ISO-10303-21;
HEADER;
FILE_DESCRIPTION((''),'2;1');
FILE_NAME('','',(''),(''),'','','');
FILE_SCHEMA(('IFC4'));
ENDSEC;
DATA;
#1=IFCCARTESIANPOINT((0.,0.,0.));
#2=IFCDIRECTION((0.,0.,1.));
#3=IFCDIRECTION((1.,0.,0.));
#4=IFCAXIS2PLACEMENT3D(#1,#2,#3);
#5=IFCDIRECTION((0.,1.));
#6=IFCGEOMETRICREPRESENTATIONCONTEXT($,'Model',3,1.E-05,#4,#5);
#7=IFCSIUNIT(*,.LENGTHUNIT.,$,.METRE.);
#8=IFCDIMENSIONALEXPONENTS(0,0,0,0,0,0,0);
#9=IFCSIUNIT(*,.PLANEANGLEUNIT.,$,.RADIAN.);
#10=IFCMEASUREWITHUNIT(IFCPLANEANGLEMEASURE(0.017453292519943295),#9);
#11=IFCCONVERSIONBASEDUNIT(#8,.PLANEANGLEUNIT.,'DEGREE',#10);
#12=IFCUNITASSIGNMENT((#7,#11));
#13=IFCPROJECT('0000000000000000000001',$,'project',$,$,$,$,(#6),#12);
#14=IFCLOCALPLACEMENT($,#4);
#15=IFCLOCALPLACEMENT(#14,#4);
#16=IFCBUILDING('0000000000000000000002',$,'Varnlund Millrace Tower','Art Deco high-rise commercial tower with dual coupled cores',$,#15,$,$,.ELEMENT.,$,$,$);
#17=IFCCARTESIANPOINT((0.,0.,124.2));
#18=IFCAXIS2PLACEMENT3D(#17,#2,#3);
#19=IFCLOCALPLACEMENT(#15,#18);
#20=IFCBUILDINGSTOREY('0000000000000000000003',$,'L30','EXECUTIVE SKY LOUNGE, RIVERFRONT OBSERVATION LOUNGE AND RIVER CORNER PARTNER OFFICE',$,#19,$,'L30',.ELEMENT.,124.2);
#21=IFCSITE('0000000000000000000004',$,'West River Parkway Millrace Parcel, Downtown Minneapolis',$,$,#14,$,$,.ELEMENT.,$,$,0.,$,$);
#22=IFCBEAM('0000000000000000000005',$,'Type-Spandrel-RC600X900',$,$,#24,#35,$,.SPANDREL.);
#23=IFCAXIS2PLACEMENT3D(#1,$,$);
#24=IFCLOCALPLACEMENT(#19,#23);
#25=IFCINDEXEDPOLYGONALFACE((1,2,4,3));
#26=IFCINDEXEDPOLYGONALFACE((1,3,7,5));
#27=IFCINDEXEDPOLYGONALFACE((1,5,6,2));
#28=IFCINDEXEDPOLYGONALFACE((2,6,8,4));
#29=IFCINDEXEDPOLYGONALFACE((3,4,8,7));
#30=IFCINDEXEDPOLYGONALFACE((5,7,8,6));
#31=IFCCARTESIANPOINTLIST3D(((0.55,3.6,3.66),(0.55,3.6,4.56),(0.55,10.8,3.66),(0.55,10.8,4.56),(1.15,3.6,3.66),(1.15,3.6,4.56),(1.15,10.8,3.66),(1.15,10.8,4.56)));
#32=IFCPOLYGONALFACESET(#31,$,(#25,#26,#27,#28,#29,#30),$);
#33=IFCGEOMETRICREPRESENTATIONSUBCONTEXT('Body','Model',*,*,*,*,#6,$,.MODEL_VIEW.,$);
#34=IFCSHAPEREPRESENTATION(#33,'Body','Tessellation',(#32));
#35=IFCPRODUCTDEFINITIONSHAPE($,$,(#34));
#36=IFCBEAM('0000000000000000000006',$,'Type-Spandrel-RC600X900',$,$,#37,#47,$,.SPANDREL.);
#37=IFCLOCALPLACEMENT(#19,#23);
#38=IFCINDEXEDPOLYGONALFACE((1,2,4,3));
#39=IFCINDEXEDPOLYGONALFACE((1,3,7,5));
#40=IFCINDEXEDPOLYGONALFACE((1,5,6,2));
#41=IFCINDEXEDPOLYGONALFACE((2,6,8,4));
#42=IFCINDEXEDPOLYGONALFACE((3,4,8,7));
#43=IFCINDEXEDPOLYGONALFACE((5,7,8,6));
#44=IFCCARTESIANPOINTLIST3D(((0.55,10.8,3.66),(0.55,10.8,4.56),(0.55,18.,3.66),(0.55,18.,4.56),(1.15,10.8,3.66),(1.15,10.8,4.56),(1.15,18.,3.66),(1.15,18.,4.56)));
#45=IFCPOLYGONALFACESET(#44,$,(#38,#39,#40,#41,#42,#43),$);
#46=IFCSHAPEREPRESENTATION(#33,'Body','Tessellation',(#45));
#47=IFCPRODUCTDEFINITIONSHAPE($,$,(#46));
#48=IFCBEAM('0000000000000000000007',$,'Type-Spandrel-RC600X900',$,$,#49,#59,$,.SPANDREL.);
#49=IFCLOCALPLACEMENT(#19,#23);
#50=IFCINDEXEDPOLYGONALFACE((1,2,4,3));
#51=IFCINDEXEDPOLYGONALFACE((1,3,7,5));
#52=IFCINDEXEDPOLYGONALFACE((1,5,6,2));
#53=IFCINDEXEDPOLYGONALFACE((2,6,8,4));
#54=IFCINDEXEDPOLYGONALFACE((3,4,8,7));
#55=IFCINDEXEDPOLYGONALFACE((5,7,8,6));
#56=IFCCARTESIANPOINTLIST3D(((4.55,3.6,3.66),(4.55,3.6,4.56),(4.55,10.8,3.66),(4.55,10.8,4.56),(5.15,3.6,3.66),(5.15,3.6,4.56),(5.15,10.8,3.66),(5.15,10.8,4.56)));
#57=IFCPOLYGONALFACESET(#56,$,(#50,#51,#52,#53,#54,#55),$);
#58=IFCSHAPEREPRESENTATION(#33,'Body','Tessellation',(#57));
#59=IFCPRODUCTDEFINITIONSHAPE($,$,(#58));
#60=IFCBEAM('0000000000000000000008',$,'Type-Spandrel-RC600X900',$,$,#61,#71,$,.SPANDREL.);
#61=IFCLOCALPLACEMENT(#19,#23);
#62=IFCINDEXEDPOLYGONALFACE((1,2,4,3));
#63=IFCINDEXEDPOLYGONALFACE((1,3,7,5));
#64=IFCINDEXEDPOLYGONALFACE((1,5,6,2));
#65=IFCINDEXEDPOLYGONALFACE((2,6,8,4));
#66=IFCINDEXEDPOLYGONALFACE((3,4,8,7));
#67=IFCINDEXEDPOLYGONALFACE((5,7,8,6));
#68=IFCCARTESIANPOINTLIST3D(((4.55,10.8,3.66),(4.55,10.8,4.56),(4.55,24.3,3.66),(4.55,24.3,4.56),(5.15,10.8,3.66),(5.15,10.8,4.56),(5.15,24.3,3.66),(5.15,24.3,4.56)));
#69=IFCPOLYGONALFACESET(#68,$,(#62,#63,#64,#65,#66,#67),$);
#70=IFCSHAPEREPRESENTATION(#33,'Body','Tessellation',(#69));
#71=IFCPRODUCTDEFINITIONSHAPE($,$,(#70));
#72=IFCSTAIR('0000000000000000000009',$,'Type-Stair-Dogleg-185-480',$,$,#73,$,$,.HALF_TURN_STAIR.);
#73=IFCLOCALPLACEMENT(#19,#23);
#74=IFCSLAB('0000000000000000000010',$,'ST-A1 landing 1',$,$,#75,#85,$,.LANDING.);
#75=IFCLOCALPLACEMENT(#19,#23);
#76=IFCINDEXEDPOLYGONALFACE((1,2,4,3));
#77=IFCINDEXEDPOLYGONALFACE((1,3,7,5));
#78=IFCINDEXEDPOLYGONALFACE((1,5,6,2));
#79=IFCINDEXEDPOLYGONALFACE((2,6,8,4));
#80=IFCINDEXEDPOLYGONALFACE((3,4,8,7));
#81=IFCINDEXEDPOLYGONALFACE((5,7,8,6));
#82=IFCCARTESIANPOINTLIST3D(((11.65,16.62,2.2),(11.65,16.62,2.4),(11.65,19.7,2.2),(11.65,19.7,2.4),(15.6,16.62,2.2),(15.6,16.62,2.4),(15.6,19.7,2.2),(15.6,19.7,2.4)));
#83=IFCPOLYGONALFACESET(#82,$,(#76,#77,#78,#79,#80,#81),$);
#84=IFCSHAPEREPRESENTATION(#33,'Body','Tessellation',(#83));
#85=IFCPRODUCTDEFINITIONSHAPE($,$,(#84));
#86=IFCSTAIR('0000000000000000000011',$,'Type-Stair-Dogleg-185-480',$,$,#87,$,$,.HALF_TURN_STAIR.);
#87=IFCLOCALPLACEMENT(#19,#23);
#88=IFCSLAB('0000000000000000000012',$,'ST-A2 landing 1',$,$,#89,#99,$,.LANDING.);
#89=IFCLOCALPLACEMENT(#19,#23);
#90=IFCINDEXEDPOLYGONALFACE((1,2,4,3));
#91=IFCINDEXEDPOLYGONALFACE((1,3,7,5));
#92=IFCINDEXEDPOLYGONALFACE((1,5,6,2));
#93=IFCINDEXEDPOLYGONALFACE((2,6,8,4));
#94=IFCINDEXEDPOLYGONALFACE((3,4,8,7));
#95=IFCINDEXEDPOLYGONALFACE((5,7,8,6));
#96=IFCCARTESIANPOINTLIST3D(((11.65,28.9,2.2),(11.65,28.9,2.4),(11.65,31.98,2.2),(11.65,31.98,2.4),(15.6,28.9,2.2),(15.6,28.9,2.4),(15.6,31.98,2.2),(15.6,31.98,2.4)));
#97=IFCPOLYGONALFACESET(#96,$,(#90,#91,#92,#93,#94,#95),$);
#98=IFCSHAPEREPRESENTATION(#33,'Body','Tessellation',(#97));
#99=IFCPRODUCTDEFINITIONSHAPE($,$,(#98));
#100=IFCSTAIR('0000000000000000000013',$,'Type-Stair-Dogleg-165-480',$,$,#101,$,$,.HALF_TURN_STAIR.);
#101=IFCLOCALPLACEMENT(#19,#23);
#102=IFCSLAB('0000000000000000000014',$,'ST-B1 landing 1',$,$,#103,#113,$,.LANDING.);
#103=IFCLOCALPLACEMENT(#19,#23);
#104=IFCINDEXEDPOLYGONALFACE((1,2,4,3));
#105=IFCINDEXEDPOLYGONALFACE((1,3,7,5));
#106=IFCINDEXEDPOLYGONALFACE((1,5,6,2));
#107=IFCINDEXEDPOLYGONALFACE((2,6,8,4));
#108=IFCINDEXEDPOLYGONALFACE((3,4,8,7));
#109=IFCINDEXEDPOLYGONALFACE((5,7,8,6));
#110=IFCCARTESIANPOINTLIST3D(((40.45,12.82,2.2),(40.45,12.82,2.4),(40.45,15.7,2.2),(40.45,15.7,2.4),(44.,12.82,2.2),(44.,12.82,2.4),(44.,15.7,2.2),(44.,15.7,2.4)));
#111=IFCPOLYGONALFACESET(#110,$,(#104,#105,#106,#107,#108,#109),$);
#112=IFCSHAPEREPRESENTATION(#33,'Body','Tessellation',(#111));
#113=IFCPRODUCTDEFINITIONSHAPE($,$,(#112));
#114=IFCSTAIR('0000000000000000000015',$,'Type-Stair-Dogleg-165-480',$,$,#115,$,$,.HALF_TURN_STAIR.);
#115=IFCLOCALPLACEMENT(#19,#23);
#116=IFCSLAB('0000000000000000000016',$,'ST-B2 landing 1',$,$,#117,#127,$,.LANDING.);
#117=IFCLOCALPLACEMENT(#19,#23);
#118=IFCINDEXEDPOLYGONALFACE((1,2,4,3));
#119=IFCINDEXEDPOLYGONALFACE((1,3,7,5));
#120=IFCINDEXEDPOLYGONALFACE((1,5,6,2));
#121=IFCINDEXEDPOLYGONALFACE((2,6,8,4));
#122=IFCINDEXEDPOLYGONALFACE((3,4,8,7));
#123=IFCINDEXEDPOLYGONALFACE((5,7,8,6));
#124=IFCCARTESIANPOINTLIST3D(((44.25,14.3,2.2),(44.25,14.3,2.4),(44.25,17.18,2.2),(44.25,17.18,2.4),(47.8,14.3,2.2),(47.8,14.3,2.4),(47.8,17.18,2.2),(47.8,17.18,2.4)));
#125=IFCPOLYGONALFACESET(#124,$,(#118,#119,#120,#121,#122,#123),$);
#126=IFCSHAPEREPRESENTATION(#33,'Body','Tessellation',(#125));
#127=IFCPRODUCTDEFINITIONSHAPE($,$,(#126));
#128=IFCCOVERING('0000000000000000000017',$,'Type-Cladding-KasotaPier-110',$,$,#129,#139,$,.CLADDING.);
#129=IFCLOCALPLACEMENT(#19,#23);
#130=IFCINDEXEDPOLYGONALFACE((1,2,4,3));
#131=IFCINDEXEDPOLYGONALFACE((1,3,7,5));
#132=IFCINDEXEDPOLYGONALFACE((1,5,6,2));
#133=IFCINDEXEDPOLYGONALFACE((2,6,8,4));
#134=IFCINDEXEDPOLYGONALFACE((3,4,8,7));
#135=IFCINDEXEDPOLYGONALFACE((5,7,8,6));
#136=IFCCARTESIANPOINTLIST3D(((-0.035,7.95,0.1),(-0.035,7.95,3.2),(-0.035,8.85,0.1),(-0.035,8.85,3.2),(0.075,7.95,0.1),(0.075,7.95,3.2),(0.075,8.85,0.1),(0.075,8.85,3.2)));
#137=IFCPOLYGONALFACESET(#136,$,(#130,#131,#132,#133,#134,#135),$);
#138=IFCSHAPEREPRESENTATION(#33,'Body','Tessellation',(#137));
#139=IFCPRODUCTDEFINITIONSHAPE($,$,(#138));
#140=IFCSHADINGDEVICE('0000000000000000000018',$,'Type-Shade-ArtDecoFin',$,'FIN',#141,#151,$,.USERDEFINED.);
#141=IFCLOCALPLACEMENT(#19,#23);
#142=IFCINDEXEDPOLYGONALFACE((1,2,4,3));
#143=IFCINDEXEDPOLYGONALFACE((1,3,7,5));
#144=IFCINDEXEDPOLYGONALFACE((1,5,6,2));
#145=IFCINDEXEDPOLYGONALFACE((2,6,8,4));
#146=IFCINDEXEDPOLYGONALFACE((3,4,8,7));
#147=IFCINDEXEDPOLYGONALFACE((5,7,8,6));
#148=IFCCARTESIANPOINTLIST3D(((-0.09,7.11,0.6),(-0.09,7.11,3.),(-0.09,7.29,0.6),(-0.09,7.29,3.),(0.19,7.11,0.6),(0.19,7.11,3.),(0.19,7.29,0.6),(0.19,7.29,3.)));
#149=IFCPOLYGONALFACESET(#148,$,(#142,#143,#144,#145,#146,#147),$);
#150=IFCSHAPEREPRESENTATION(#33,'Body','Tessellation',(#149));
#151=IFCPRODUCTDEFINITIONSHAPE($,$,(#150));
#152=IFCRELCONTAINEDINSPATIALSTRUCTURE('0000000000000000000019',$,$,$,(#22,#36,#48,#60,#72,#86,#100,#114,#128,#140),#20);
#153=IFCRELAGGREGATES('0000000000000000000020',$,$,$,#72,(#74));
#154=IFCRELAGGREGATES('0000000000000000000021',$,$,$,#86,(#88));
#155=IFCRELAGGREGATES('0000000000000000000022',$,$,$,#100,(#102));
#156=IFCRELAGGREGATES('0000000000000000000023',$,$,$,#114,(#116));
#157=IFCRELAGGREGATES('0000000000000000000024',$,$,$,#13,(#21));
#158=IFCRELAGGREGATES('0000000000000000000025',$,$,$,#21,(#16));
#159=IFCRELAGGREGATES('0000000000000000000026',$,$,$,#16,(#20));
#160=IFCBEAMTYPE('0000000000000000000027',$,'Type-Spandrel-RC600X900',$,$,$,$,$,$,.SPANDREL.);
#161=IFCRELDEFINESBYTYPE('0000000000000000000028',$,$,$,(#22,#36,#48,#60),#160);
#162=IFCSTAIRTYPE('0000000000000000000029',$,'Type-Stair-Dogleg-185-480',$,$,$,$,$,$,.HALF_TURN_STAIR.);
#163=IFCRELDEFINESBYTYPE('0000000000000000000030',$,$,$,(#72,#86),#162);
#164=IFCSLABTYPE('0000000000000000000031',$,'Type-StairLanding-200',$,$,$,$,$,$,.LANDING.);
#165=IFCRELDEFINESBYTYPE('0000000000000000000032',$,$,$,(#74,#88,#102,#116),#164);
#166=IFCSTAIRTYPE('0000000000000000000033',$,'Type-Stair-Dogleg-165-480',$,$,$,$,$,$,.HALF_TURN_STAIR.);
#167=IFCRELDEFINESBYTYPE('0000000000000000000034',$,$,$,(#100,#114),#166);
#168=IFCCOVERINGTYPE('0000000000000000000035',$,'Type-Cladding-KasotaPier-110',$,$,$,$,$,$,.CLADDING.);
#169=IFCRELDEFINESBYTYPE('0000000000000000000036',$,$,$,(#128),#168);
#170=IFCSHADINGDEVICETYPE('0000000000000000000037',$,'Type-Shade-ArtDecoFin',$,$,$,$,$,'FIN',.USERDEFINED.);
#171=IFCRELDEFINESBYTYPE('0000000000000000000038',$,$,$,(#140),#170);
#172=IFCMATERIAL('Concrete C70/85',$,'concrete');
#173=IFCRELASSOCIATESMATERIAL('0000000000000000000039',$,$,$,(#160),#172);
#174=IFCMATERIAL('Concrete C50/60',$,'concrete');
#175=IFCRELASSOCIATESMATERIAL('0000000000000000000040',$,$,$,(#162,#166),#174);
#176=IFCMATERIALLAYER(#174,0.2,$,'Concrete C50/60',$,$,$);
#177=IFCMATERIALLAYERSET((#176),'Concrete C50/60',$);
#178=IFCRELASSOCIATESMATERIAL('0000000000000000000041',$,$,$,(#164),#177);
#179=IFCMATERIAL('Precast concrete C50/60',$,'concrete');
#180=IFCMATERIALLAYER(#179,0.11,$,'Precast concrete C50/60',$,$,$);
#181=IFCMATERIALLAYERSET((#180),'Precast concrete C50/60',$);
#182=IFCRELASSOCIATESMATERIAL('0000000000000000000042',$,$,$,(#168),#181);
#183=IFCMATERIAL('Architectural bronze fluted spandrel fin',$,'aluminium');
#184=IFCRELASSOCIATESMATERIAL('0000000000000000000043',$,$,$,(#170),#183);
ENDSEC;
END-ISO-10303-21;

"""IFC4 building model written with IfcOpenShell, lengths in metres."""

from ifc_helpers import new_model, entity, si_unit, converted_unit, direction, frame, origin_with_axes, origin_2d_with_axis, place, context, subcontext, project, spatial, polyline, rectangle, outline, extrude, material, layer, layer_set, material_profile, profile_set, type_object, element, aggregate, save


model = new_model("IFC4")

# Units and contexts
model_context = context("Model", 3, precision=1e-05, world=origin_with_axes(), true_north=direction((0.0, 1.0)))
body_context = subcontext(model_context, "Body", "Model", "MODEL_VIEW")
ifc_project = project(units=[si_unit("LENGTHUNIT", "METRE"), converted_unit("PLANEANGLEUNIT", "DEGREE", entity("IfcPlaneAngleMeasure", 0.017453292519943295), si_unit("PLANEANGLEUNIT", "RADIAN"), dimensions=[0, 0, 0, 0, 0, 0, 0])], contexts=[model_context])

# Site, building, storey
site_placement = place(None, origin_with_axes())
site = spatial("IfcSite", under=ifc_project, at=site_placement, Name="West River Parkway Millrace Parcel, Downtown Minneapolis", CompositionType="ELEMENT", RefElevation=0.0)
building_placement = place(site_placement, origin_with_axes())
building = spatial("IfcBuilding", under=site, at=building_placement, Name="Varnlund Millrace Tower", Description="Art Deco high-rise commercial tower with dual coupled cores", CompositionType="ELEMENT")
storey_placement = place(building_placement, frame((0.0, 0.0, 124.2), z_axis=(0.0, 0.0, 1.0), x_axis=(1.0, 0.0, 0.0)))
storey = spatial("IfcBuildingStorey", under=building, at=storey_placement, Name="L30", Description="EXECUTIVE SKY LOUNGE, RIVERFRONT OBSERVATION LOUNGE AND RIVER CORNER PARTNER OFFICE", LongName="L30", CompositionType="ELEMENT", Elevation=124.2)

# Beams
ifc_material_1 = material(Name="Concrete C70/85", Category="concrete")
ifc_material_profile_1 = material_profile(ifc_material_1, rectangle(XDim=0.6, YDim=0.9, at=origin_2d_with_axis()), Name="Concrete C70/85")
ifc_profile_set_1 = profile_set([ifc_material_profile_1], Name="Concrete C70/85")
beam_type_1 = type_object("IfcBeamType", Name="Type-Spandrel-RC600X900", PredefinedType="SPANDREL", material=ifc_profile_set_1)
for number, where, z_axis, x_axis, name in (
    (1, (0.85, 3.6, 4.11), (0.0, 1.0, 0.0), (-1.0, 0.0, 0.0), "Type-Spandrel-RC600X900"),
    (2, (0.85, 10.8, 4.11), (0.0, 1.0, 0.0), (-1.0, 0.0, 0.0), "Type-Spandrel-RC600X900"),
    (3, (4.85, 3.6, 4.11), (0.0, 1.0, 0.0), (-1.0, 0.0, 0.0), "Type-Spandrel-RC600X900"),
):
    element("IfcBeam", number, at=place(storey_placement, frame(where, z_axis=z_axis, x_axis=x_axis)), inside=storey, type_object=beam_type_1, Name=name, PredefinedType="SPANDREL", context=body_context, shape_type="SweptSolid", body=[
        extrude(rectangle(XDim=0.6, YDim=0.9, at=origin_2d_with_axis()), origin_with_axes(), (0.0, 0.0, 1.0), 7.2),
    ])
beam_1_placement = place(storey_placement, frame((4.85, 10.8, 4.11), z_axis=(0.0, 1.0, 0.0), x_axis=(-1.0, 0.0, 0.0)))
element("IfcBeam", 4, at=beam_1_placement, inside=storey, type_object=beam_type_1, Name="Type-Spandrel-RC600X900", PredefinedType="SPANDREL", context=body_context, shape_type="SweptSolid", body=[
    extrude(rectangle(XDim=0.6, YDim=0.9, at=origin_2d_with_axis()), origin_with_axes(), (0.0, 0.0, 1.0), 13.5),
])

# Stairs, slabs
ifc_material_2 = material(Name="Concrete C50/60", Category="concrete")
stair_type_1 = type_object("IfcStairType", Name="Type-Stair-Dogleg-185-480", PredefinedType="HALF_TURN_STAIR", material=ifc_material_2)
stair_1_placement = place(storey_placement, origin_with_axes())
stair_1 = element("IfcStair", 5, at=stair_1_placement, inside=storey, type_object=stair_type_1, Name="Type-Stair-Dogleg-185-480", PredefinedType="HALF_TURN_STAIR")
ifc_layer_1 = layer(ifc_material_2, 0.2, Name="Concrete C50/60")
ifc_layer_set_1 = layer_set([ifc_layer_1], Name="Concrete C50/60")
slab_type = type_object("IfcSlabType", Name="Type-StairLanding-200", PredefinedType="LANDING", material=ifc_layer_set_1)
slab_1_placement = place(storey_placement, frame((0.0, 0.0, 2.2), z_axis=(0.0, 0.0, 1.0), x_axis=(1.0, 0.0, 0.0)))
slab_1 = element("IfcSlab", 6, at=slab_1_placement, type_object=slab_type, Name="ST-A1 landing 1", PredefinedType="LANDING", context=body_context, shape_type="SweptSolid", body=[
    extrude(outline(polyline([(15.6, 16.62), (15.6, 19.7), (11.65, 19.7), (11.65, 16.62), (15.6, 16.62)])), origin_with_axes(), (0.0, 0.0, 1.0), 0.2),
])
aggregate(stair_1, [slab_1])
stair_2_placement = place(storey_placement, origin_with_axes())
stair_2 = element("IfcStair", 7, at=stair_2_placement, inside=storey, type_object=stair_type_1, Name="Type-Stair-Dogleg-185-480", PredefinedType="HALF_TURN_STAIR")
slab_2_placement = place(storey_placement, frame((0.0, 0.0, 2.2), z_axis=(0.0, 0.0, 1.0), x_axis=(1.0, 0.0, 0.0)))
slab_2 = element("IfcSlab", 8, at=slab_2_placement, type_object=slab_type, Name="ST-A2 landing 1", PredefinedType="LANDING", context=body_context, shape_type="SweptSolid", body=[
    extrude(outline(polyline([(11.65, 31.98), (11.65, 28.9), (15.6, 28.9), (15.6, 31.98), (11.65, 31.98)])), origin_with_axes(), (0.0, 0.0, 1.0), 0.2),
])
aggregate(stair_2, [slab_2])
stair_type_2 = type_object("IfcStairType", Name="Type-Stair-Dogleg-165-480", PredefinedType="HALF_TURN_STAIR", material=ifc_material_2)
stair_3_placement = place(storey_placement, origin_with_axes())
stair_3 = element("IfcStair", 9, at=stair_3_placement, inside=storey, type_object=stair_type_2, Name="Type-Stair-Dogleg-165-480", PredefinedType="HALF_TURN_STAIR")
slab_3_placement = place(storey_placement, frame((0.0, 0.0, 2.2), z_axis=(0.0, 0.0, 1.0), x_axis=(1.0, 0.0, 0.0)))
slab_3 = element("IfcSlab", 10, at=slab_3_placement, type_object=slab_type, Name="ST-B1 landing 1", PredefinedType="LANDING", context=body_context, shape_type="SweptSolid", body=[
    extrude(outline(polyline([(44.0, 12.82), (44.0, 15.7), (40.45, 15.7), (40.45, 12.82), (44.0, 12.82)])), origin_with_axes(), (0.0, 0.0, 1.0), 0.2),
])
aggregate(stair_3, [slab_3])
stair_4_placement = place(storey_placement, origin_with_axes())
stair_4 = element("IfcStair", 11, at=stair_4_placement, inside=storey, type_object=stair_type_2, Name="Type-Stair-Dogleg-165-480", PredefinedType="HALF_TURN_STAIR")
slab_4_placement = place(storey_placement, frame((0.0, 0.0, 2.2), z_axis=(0.0, 0.0, 1.0), x_axis=(1.0, 0.0, 0.0)))
slab_4 = element("IfcSlab", 12, at=slab_4_placement, type_object=slab_type, Name="ST-B2 landing 1", PredefinedType="LANDING", context=body_context, shape_type="SweptSolid", body=[
    extrude(outline(polyline([(44.25, 17.18), (44.25, 14.3), (47.8, 14.3), (47.8, 17.18), (44.25, 17.18)])), origin_with_axes(), (0.0, 0.0, 1.0), 0.2),
])
aggregate(stair_4, [slab_4])

# Covering
ifc_material_3 = material(Name="Precast concrete C50/60", Category="concrete")
ifc_layer_2 = layer(ifc_material_3, 0.11, Name="Precast concrete C50/60")
ifc_layer_set_2 = layer_set([ifc_layer_2], Name="Precast concrete C50/60")
covering_type = type_object("IfcCoveringType", Name="Type-Cladding-KasotaPier-110", PredefinedType="CLADDING", material=ifc_layer_set_2)
covering_placement = place(storey_placement, frame((0.02, 8.4, 0.1), z_axis=(0.0, 0.0, 1.0), x_axis=(1.0, 0.0, 0.0)))
element("IfcCovering", 13, at=covering_placement, inside=storey, type_object=covering_type, Name="Type-Cladding-KasotaPier-110", PredefinedType="CLADDING", context=body_context, shape_type="SweptSolid", body=[
    extrude(rectangle(XDim=0.11, YDim=0.9, at=origin_2d_with_axis()), origin_with_axes(), (0.0, 0.0, 1.0), 3.1),
])

# Shading device
ifc_material_4 = material(Name="Architectural bronze fluted spandrel fin", Category="aluminium")
shading_device_type = type_object("IfcShadingDeviceType", Name="Type-Shade-ArtDecoFin", ElementType="FIN", PredefinedType="USERDEFINED", material=ifc_material_4)
shading_device_placement = place(storey_placement, frame((0.05, 7.2, 0.6), z_axis=(0.0, 0.0, 1.0), x_axis=(1.0, 0.0, 0.0)))
element("IfcShadingDevice", 14, at=shading_device_placement, inside=storey, type_object=shading_device_type, Name="Type-Shade-ArtDecoFin", ObjectType="FIN", PredefinedType="USERDEFINED", context=body_context, shape_type="SweptSolid", body=[
    extrude(rectangle(XDim=0.28, YDim=0.18, at=origin_2d_with_axis()), origin_with_axes(), (0.0, 0.0, 1.0), 2.4),
])

save(model, "model.ifc")
